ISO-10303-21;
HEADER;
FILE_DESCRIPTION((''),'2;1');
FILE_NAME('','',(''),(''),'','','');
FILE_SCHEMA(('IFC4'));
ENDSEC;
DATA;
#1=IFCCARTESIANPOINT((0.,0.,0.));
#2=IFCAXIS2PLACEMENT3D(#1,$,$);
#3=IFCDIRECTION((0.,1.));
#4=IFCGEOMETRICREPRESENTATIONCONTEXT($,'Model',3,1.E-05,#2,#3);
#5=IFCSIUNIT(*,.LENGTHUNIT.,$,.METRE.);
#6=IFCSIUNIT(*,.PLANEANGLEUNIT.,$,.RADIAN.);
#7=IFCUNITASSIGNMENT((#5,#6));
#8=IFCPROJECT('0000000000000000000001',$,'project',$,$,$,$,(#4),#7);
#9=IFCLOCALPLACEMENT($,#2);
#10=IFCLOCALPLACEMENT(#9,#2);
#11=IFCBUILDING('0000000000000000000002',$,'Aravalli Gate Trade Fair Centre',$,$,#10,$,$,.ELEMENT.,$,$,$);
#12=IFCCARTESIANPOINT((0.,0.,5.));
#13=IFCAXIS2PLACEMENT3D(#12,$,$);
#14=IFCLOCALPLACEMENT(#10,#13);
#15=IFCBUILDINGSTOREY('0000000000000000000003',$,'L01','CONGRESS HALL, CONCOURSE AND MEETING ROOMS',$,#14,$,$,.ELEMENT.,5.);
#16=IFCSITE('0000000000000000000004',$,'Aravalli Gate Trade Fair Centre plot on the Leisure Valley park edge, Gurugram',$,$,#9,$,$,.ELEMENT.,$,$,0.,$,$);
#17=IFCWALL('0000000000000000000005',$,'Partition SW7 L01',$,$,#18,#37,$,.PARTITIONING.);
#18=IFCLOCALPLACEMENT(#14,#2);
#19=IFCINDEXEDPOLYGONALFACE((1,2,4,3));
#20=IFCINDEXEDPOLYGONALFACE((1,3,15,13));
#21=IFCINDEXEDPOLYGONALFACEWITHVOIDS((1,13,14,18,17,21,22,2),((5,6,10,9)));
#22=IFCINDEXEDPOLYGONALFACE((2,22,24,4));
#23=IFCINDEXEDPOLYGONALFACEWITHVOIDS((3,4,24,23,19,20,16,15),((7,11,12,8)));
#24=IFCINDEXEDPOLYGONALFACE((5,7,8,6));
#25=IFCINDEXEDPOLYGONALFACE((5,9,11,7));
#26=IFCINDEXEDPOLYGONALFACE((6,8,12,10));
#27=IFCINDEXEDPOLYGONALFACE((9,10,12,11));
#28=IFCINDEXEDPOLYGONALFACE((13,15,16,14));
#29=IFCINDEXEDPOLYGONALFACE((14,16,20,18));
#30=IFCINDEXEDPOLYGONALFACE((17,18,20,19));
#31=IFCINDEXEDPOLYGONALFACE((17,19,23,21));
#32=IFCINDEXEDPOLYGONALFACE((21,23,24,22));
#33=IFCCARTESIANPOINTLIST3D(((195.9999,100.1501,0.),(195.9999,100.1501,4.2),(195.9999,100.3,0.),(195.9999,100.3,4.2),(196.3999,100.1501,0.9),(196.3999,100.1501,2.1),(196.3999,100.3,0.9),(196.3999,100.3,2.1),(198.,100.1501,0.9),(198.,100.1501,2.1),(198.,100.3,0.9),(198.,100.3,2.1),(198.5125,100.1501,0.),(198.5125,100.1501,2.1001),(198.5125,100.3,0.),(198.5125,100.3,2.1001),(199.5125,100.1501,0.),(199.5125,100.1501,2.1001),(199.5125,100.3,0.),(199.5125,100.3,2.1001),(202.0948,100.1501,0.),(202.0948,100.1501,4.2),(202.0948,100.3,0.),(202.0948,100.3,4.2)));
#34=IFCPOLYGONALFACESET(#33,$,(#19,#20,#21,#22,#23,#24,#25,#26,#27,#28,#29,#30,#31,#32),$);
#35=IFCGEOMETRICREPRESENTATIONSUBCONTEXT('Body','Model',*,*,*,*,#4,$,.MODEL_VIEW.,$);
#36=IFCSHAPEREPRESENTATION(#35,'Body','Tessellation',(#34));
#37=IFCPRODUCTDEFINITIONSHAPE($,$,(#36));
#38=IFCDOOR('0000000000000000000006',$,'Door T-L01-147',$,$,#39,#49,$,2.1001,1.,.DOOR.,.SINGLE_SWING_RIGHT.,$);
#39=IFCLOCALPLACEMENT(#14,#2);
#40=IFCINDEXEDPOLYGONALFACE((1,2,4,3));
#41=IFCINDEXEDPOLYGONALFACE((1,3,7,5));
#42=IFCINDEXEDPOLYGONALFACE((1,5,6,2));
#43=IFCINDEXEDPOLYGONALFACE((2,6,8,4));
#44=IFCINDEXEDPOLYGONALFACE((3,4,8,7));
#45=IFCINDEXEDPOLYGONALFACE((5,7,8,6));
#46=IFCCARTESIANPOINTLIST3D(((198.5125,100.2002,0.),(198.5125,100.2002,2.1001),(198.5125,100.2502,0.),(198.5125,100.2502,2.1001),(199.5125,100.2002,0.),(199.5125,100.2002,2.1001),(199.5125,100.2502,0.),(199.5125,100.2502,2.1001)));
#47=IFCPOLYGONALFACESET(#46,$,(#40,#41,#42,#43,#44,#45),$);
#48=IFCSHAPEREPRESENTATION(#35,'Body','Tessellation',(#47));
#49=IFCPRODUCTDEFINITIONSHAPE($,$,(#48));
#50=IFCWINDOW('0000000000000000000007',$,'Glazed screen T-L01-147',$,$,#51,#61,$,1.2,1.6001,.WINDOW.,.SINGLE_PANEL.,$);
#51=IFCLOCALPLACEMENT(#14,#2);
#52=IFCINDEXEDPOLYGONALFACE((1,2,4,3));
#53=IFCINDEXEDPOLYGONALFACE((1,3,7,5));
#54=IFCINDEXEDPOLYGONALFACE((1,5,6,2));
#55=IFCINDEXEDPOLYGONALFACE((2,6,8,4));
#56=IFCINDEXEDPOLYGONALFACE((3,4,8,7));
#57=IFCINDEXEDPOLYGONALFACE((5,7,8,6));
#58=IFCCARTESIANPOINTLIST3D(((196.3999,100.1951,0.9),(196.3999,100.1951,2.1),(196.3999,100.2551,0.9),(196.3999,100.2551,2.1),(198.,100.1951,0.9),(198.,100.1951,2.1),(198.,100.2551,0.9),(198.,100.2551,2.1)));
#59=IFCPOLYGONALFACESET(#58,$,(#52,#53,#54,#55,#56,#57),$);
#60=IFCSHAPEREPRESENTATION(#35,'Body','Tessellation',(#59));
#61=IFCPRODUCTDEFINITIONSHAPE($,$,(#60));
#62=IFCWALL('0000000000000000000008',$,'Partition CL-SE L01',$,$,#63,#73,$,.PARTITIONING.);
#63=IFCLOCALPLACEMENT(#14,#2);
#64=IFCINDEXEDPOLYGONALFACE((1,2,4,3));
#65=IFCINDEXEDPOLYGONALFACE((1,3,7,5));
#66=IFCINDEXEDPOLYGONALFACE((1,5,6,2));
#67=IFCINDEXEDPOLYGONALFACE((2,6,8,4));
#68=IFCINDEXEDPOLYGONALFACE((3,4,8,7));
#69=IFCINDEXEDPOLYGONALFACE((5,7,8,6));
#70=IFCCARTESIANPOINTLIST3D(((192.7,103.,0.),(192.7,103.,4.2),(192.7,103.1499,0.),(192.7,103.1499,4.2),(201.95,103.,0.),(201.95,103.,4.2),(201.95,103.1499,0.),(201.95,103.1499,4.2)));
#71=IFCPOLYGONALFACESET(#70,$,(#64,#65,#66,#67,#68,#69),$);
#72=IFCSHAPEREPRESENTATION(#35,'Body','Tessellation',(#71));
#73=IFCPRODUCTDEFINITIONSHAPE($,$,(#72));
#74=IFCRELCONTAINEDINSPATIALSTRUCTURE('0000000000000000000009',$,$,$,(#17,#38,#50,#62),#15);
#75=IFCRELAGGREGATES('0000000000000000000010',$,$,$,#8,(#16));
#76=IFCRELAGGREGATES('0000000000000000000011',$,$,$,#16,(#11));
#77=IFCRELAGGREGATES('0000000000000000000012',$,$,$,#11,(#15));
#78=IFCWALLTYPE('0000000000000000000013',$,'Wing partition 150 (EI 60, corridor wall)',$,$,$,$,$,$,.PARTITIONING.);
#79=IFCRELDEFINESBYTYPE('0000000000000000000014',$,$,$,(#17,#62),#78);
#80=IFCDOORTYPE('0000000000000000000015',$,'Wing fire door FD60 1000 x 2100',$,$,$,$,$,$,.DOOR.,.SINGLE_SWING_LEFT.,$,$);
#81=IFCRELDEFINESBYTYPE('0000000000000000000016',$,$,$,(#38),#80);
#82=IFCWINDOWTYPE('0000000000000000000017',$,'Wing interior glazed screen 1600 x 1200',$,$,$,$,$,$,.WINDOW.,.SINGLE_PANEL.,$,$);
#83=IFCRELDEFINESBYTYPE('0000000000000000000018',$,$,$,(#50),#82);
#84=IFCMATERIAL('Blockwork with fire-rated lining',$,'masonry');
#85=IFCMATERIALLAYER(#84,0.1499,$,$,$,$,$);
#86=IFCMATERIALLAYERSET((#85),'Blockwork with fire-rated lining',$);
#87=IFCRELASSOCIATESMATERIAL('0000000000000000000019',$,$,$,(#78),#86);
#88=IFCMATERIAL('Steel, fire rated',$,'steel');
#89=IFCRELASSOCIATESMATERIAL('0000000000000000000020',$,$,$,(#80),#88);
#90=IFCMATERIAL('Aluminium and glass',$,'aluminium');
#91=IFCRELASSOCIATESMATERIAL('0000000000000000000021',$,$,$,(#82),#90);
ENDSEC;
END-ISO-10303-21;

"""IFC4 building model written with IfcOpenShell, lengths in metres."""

from ifc_helpers import new_model, si_unit, direction, frame, frame_2d, origin, place, context, subcontext, project, spatial, rectangle, extrude, material, layer, layer_set, type_object, element, fill, save


model = new_model("IFC4")

# Units and contexts
model_context = context("Model", 3, precision=1e-05, world=origin(), true_north=direction((0.0, 1.0)))
body_context = subcontext(model_context, "Body", "Model", "MODEL_VIEW")
ifc_project = project(units=[si_unit("LENGTHUNIT", "METRE"), si_unit("PLANEANGLEUNIT", "RADIAN")], contexts=[model_context])

# Site, building, storey
site_placement = place(None, origin())
site = spatial("IfcSite", under=ifc_project, at=site_placement, Name="Aravalli Gate Trade Fair Centre plot on the Leisure Valley park edge, Gurugram", CompositionType="ELEMENT", RefElevation=0.0)
building_placement = place(site_placement, origin())
building = spatial("IfcBuilding", under=site, at=building_placement, Name="Aravalli Gate Trade Fair Centre", CompositionType="ELEMENT")
storey_placement = place(building_placement, frame((0.0, 0.0, 5.0)))
storey = spatial("IfcBuildingStorey", under=building, at=storey_placement, Name="L01", Description="CONGRESS HALL, CONCOURSE AND MEETING ROOMS", CompositionType="ELEMENT", Elevation=5.0)

# Shared definitions
ifc_material_1 = material(Name="Blockwork with fire-rated lining", Category="masonry")
ifc_layer = layer(ifc_material_1, 0.1499)
ifc_layer_set = layer_set([ifc_layer], Name="Blockwork with fire-rated lining")
wall_type = type_object("IfcWallType", Name="Wing partition 150 (EI 60, corridor wall)", PredefinedType="PARTITIONING", material=ifc_layer_set)

# Shared definitions
ifc_material_2 = material(Name="Steel, fire rated", Category="steel")
door_type = type_object("IfcDoorType", Name="Wing fire door FD60 1000 x 2100", OperationType="SINGLE_SWING_LEFT", PredefinedType="DOOR", material=ifc_material_2)
ifc_material_3 = material(Name="Aluminium and glass", Category="aluminium")
window_type = type_object("IfcWindowType", Name="Wing interior glazed screen 1600 x 1200", PartitioningType="SINGLE_PANEL", PredefinedType="WINDOW", material=ifc_material_3)

# Wall, openings, door, window
wall_1_placement = place(storey_placement, frame((196.0, 100.2251, 0.0), z_axis=(0.0, 0.0, 1.0), x_axis=(1.0, 0.0, 0.0)))
wall_1 = element("IfcWall", 1, at=wall_1_placement, inside=storey, type_object=wall_type, Name="Partition SW7 L01", PredefinedType="PARTITIONING", context=body_context, shape_type="SweptSolid", body=[
    extrude(rectangle(XDim=6.095, YDim=0.1499, at=frame_2d((3.0474, 0.0))), origin(), (0.0, 0.0, 1.0), 4.2),
])
opening_1_placement = place(wall_1_placement, frame((0.3999, 0.0, 0.8999)))
opening_1 = element("IfcOpeningElement", 2, at=opening_1_placement, cuts=wall_1, PredefinedType="OPENING", context=body_context, shape_type="SweptSolid", body=[
    extrude(rectangle(XDim=1.6001, YDim=1.2, at=frame_2d((0.8, 0.6001))), frame((0.0, 0.085, 0.0), z_axis=(0.0, -1.0, 0.0), x_axis=(1.0, 0.0, 0.0)), (0.0, 0.0, 1.0), 0.1699),
])
opening_2_placement = place(wall_1_placement, frame((2.5125, 0.0, 0.0)))
opening_2 = element("IfcOpeningElement", 3, at=opening_2_placement, cuts=wall_1, PredefinedType="OPENING", context=body_context, shape_type="SweptSolid", body=[
    extrude(rectangle(XDim=1.0, YDim=2.1001, at=frame_2d((0.5, 1.05))), frame((0.0, 0.085, 0.0), z_axis=(0.0, -1.0, 0.0), x_axis=(1.0, 0.0, 0.0)), (0.0, 0.0, 1.0), 0.1699),
])
door_1_placement = place(opening_2_placement, frame((1.0, 0.0, 0.0), z_axis=(0.0, 0.0, 1.0), x_axis=(-1.0, 0.0, 0.0)))
door_1 = element("IfcDoor", 4, at=door_1_placement, inside=storey, type_object=door_type, Name="Door T-L01-147", OperationType="SINGLE_SWING_RIGHT", OverallHeight=2.1001, OverallWidth=1.0, PredefinedType="DOOR", context=body_context, shape_type="SweptSolid", body=[
    extrude(rectangle(XDim=1.0, YDim=2.1001, at=frame_2d((0.5, 1.05))), frame((0.0, 0.0249, 0.0), z_axis=(0.0, -1.0, 0.0), x_axis=(1.0, 0.0, 0.0)), (0.0, 0.0, 1.0), 0.05),
])
fill(opening_2, door_1)
window_1_placement = place(opening_1_placement, origin())
window_1 = element("IfcWindow", 5, at=window_1_placement, inside=storey, type_object=window_type, Name="Glazed screen T-L01-147", OverallHeight=1.2, OverallWidth=1.6001, PartitioningType="SINGLE_PANEL", PredefinedType="WINDOW", context=body_context, shape_type="SweptSolid", body=[
    extrude(rectangle(XDim=1.6001, YDim=1.2, at=frame_2d((0.8, 0.6001))), frame((0.0, 0.03, 0.0), z_axis=(0.0, -1.0, 0.0), x_axis=(1.0, 0.0, 0.0)), (0.0, 0.0, 1.0), 0.0601),
])
fill(opening_1, window_1)

# Wall
wall_2_placement = place(storey_placement, frame((192.7, 103.075, 0.0), z_axis=(0.0, 0.0, 1.0), x_axis=(1.0, 0.0, 0.0)))
element("IfcWall", 6, at=wall_2_placement, inside=storey, type_object=wall_type, Name="Partition CL-SE L01", PredefinedType="PARTITIONING", context=body_context, shape_type="SweptSolid", body=[
    extrude(rectangle(XDim=9.25, YDim=0.1499, at=frame_2d((4.625, 0.0))), origin(), (0.0, 0.0, 1.0), 4.2),
])

save(model, "model.ifc")
